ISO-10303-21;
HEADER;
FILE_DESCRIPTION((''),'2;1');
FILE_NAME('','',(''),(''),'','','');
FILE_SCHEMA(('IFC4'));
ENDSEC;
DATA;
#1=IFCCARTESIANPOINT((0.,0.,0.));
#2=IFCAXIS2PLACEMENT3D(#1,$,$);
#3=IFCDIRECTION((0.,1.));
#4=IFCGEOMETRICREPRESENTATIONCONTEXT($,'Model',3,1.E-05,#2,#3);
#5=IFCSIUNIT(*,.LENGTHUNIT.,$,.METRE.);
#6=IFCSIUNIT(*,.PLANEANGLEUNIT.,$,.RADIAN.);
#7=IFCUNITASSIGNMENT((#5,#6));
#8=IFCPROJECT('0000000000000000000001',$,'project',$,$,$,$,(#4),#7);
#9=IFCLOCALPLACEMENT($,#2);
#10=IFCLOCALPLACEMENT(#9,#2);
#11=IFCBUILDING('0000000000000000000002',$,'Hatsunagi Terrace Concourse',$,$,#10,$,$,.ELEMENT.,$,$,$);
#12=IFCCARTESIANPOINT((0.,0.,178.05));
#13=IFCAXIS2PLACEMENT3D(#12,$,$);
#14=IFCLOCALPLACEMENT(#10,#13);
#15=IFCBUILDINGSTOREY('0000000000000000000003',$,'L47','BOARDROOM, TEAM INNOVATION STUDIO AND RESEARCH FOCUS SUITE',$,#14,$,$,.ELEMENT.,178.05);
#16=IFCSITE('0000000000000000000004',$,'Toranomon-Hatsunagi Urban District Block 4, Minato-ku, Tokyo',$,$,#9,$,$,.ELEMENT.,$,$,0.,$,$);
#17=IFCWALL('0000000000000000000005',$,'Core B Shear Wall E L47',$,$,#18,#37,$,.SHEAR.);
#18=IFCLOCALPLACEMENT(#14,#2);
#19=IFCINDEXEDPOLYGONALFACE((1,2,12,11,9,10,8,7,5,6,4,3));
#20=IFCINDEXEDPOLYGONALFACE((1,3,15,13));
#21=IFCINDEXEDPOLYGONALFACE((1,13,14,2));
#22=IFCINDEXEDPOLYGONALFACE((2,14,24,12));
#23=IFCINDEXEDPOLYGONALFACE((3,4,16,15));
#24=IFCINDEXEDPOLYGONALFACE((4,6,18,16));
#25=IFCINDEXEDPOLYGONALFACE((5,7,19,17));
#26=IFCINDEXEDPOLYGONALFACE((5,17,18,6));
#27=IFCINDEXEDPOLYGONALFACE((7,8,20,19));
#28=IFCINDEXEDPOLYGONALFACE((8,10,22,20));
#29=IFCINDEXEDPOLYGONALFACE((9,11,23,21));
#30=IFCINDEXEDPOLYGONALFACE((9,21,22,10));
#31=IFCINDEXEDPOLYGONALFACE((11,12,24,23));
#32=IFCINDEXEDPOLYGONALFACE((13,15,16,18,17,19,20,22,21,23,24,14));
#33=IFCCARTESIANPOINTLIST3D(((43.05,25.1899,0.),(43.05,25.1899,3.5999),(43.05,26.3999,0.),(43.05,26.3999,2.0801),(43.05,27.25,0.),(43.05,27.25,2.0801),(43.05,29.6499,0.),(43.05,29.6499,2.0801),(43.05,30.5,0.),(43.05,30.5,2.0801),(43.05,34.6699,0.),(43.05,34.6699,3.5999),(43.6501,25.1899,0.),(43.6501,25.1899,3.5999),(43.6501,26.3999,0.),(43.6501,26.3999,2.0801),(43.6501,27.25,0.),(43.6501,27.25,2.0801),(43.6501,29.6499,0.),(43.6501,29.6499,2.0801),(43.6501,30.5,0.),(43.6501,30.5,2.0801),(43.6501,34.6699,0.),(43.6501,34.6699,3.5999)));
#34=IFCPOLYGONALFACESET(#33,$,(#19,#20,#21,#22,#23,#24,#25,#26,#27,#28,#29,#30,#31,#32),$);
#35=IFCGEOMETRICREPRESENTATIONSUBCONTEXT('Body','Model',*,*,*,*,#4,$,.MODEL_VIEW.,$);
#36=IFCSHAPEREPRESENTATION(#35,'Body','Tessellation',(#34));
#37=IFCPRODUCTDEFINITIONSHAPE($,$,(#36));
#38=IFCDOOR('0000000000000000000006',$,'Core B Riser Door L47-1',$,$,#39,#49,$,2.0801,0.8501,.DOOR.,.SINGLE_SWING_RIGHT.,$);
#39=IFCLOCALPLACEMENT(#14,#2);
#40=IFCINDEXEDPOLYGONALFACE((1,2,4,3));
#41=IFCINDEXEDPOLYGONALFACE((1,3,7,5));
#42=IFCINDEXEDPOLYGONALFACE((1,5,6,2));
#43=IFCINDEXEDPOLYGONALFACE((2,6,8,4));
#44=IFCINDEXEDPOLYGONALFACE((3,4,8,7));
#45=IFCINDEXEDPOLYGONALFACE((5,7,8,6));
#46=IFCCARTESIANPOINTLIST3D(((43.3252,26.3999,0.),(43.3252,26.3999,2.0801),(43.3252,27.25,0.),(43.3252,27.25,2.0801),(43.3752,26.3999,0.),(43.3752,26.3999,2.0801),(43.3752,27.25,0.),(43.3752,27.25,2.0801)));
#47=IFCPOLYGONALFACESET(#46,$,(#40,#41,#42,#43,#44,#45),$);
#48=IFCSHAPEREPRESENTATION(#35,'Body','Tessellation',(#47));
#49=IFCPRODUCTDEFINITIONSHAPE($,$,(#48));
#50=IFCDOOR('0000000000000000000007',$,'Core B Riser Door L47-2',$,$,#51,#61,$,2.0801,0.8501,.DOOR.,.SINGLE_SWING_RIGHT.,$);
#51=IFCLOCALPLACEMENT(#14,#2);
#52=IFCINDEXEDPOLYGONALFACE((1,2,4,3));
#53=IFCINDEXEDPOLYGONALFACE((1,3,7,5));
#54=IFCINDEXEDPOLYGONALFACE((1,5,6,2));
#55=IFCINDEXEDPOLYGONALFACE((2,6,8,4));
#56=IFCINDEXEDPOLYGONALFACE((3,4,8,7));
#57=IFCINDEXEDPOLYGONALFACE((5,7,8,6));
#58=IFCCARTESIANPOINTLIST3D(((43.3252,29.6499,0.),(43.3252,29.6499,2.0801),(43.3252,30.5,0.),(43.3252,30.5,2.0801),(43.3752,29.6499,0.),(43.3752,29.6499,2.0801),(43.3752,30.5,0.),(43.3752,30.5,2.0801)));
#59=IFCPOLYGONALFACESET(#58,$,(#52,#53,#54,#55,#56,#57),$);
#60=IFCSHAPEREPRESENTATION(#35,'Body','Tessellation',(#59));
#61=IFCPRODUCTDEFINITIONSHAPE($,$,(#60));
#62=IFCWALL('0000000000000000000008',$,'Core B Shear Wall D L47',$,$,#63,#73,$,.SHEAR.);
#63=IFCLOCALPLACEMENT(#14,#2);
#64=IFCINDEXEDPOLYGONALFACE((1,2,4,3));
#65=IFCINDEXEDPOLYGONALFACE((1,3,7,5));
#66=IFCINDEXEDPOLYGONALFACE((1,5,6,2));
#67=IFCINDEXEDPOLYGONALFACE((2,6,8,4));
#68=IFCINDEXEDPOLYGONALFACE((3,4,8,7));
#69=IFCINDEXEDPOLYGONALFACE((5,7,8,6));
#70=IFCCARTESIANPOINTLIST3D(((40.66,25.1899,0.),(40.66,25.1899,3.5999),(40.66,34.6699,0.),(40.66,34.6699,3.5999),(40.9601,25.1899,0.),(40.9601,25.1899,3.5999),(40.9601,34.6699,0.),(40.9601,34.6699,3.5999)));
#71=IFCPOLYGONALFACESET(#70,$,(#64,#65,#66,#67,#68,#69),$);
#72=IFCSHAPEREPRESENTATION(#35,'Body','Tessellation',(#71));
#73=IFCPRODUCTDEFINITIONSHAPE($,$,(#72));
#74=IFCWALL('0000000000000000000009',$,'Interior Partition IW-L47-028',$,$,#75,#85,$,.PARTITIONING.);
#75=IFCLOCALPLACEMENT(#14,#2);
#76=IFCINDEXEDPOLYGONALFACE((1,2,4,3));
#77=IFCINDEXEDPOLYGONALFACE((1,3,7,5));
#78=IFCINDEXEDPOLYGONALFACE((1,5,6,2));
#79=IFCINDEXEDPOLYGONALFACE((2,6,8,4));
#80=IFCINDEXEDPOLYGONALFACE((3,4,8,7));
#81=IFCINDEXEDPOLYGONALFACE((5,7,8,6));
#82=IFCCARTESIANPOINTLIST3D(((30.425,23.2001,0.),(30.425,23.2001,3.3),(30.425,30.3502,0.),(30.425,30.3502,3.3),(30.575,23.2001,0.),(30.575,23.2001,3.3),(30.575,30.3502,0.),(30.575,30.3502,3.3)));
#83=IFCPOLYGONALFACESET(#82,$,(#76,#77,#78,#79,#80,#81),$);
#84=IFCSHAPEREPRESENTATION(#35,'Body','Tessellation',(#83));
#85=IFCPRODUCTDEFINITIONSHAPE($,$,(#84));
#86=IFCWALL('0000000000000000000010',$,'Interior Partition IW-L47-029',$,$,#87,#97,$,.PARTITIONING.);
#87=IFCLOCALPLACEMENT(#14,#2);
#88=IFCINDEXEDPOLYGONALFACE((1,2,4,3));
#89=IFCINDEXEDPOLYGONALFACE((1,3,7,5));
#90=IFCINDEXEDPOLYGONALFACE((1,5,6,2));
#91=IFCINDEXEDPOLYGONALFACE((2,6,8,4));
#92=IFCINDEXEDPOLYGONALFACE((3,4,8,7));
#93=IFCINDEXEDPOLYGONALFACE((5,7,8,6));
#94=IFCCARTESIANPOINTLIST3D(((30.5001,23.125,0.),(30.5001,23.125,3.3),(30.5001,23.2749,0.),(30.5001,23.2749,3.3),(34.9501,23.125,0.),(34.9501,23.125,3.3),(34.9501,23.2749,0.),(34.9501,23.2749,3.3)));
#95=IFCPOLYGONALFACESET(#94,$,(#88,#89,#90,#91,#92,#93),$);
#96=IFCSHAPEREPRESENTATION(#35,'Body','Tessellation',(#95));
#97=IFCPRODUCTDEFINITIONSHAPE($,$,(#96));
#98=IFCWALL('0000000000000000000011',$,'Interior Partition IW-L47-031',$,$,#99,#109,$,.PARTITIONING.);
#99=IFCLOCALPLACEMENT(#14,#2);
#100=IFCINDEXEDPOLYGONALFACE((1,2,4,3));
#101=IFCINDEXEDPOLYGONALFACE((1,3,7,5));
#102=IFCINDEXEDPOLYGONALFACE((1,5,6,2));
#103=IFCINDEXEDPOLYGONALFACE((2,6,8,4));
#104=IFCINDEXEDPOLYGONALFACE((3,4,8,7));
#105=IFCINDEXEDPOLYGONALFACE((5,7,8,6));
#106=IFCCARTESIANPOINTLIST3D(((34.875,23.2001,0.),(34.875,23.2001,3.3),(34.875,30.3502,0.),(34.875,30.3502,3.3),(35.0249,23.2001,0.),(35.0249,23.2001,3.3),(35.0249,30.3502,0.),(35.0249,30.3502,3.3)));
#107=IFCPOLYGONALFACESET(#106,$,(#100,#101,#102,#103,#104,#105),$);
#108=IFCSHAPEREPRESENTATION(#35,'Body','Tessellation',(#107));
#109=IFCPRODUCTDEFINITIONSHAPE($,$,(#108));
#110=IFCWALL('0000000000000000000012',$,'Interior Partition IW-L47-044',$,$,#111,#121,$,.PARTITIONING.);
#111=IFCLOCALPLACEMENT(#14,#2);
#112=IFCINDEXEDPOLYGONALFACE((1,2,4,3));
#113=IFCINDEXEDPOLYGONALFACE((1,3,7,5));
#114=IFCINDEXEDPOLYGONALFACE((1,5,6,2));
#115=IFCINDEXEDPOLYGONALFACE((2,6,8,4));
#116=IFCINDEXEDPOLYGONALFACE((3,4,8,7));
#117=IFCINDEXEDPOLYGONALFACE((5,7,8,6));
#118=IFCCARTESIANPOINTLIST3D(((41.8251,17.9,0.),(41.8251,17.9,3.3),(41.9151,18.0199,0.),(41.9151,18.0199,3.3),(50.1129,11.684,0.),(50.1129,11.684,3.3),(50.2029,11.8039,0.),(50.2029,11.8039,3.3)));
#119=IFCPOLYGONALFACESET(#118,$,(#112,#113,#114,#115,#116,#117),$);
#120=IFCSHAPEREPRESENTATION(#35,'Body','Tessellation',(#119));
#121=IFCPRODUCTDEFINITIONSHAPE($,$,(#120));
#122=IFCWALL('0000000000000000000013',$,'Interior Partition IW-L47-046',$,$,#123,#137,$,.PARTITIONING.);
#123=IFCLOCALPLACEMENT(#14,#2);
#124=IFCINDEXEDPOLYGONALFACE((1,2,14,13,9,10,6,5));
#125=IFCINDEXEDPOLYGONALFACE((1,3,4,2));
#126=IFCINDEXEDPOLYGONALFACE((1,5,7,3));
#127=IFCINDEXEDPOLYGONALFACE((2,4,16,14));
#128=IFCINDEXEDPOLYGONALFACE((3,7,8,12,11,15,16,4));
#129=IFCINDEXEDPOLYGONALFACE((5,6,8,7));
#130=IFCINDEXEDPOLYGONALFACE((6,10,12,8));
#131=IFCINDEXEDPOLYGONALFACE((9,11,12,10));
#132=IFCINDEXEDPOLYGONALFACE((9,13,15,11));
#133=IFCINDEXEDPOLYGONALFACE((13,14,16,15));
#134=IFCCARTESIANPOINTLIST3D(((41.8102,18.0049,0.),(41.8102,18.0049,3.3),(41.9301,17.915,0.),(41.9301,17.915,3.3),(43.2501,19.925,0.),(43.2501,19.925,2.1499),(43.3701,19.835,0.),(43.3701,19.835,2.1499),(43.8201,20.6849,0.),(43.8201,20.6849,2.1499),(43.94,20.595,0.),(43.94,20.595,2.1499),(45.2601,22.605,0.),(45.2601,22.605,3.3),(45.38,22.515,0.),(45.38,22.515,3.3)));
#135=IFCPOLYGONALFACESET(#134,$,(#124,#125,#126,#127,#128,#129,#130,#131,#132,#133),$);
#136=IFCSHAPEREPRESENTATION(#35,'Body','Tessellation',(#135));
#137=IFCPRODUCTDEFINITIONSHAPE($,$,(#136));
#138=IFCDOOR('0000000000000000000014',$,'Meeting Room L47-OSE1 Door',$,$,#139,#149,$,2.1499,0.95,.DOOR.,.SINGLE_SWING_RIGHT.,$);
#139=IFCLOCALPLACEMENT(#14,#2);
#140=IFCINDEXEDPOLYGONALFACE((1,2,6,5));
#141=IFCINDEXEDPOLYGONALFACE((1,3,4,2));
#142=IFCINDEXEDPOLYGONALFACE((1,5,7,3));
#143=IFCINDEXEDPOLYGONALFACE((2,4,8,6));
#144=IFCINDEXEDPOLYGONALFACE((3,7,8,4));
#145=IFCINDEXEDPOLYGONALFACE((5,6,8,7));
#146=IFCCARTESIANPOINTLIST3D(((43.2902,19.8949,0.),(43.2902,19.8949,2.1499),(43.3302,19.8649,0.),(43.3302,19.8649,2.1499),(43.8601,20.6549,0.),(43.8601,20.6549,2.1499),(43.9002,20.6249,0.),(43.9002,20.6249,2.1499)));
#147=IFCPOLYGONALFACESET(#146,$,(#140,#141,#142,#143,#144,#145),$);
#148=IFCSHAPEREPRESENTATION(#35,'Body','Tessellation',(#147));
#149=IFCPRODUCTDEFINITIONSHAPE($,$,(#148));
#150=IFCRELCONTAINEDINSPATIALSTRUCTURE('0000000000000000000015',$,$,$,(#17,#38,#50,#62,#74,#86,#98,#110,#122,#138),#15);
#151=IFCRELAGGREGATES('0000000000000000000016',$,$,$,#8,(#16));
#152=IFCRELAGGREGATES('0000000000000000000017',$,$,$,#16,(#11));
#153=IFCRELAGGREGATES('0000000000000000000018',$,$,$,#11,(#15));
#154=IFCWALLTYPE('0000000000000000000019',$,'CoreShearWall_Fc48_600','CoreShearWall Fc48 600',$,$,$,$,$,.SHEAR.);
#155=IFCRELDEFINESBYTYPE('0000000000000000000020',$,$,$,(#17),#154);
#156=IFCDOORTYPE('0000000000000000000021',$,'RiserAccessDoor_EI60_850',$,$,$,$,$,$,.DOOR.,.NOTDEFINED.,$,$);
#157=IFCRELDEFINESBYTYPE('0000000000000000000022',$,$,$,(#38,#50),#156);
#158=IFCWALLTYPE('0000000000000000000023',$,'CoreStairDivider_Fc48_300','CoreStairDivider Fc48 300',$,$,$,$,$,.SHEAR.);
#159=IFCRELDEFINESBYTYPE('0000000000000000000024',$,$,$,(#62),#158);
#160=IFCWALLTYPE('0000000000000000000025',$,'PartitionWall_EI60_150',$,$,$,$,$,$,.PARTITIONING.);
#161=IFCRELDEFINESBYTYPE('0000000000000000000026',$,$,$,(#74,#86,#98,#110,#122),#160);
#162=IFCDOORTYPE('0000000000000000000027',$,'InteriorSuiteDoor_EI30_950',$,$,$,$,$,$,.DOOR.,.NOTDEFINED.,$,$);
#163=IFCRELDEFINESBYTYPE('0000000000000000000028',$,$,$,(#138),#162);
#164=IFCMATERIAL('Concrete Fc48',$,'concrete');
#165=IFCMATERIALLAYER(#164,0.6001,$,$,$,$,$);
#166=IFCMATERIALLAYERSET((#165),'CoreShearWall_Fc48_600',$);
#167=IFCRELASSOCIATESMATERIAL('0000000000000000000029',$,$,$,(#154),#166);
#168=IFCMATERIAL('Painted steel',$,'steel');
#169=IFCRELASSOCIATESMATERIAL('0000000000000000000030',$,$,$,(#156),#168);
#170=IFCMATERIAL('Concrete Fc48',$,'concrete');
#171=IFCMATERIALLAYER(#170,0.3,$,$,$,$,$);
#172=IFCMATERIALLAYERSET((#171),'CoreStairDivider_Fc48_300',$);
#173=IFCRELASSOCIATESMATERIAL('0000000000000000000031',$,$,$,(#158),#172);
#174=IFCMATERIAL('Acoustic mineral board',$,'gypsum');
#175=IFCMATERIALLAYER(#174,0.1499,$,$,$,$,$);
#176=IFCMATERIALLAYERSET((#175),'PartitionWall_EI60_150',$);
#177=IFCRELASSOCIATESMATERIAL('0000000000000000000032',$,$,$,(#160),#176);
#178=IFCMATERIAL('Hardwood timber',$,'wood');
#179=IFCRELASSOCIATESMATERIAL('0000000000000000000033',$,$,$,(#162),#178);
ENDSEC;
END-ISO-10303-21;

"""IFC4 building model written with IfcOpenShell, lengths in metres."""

from ifc_helpers import new_model, si_unit, direction, frame, frame_2d, origin, place, context, subcontext, project, spatial, rectangle, extrude, material, layer, layer_set, type_object, element, fill, save


model = new_model("IFC4")

# Units and contexts
model_context = context("Model", 3, precision=1e-05, world=origin(), true_north=direction((0.0, 1.0)))
body_context = subcontext(model_context, "Body", "Model", "MODEL_VIEW")
ifc_project = project(units=[si_unit("LENGTHUNIT", "METRE"), si_unit("PLANEANGLEUNIT", "RADIAN")], contexts=[model_context])

# Site, building, storey
site_placement = place(None, origin())
site = spatial("IfcSite", under=ifc_project, at=site_placement, Name="Toranomon-Hatsunagi Urban District Block 4, Minato-ku, Tokyo", CompositionType="ELEMENT", RefElevation=0.0)
building_placement = place(site_placement, origin())
building = spatial("IfcBuilding", under=site, at=building_placement, Name="Hatsunagi Terrace Concourse", CompositionType="ELEMENT")
storey_placement = place(building_placement, frame((0.0, 0.0, 178.05)))
storey = spatial("IfcBuildingStorey", under=building, at=storey_placement, Name="L47", Description="BOARDROOM, TEAM INNOVATION STUDIO AND RESEARCH FOCUS SUITE", CompositionType="ELEMENT", Elevation=178.05)

# Shared definitions
ifc_material_1 = material(Name="Concrete Fc48", Category="concrete")
ifc_layer_1 = layer(ifc_material_1, 0.6001)
ifc_layer_set_1 = layer_set([ifc_layer_1], Name="CoreShearWall_Fc48_600")
wall_type_1 = type_object("IfcWallType", Name="CoreShearWall_Fc48_600", Description="CoreShearWall Fc48 600", PredefinedType="SHEAR", material=ifc_layer_set_1)

# Wall, openings, doors
wall_1_placement = place(storey_placement, frame((43.3501, 25.1899, 0.0), z_axis=(0.0, 0.0, 1.0), x_axis=(0.0, 1.0, 0.0)))
wall_1 = element("IfcWall", 1, at=wall_1_placement, inside=storey, type_object=wall_type_1, Name="Core B Shear Wall E L47", PredefinedType="SHEAR", context=body_context, shape_type="SweptSolid", body=[
    extrude(rectangle(XDim=9.48, YDim=0.6001, at=frame_2d((4.74, 0.0))), origin(), (0.0, 0.0, 1.0), 3.5999),
])
opening_1_placement = place(wall_1_placement, frame((1.21, 0.0, 0.0)))
opening_1 = element("IfcOpeningElement", 2, at=opening_1_placement, cuts=wall_1, PredefinedType="OPENING", context=body_context, shape_type="SweptSolid", body=[
    extrude(rectangle(XDim=0.8501, YDim=2.0801, at=frame_2d((0.425, 1.04))), frame((0.0, 0.3101, 0.0), z_axis=(0.0, -1.0, 0.0), x_axis=(1.0, 0.0, 0.0)), (0.0, 0.0, 1.0), 0.6201),
])
opening_2_placement = place(wall_1_placement, frame((4.46, 0.0, 0.0)))
opening_2 = element("IfcOpeningElement", 3, at=opening_2_placement, cuts=wall_1, PredefinedType="OPENING", context=body_context, shape_type="SweptSolid", body=[
    extrude(rectangle(XDim=0.8501, YDim=2.0801, at=frame_2d((0.425, 1.04))), frame((0.0, 0.3101, 0.0), z_axis=(0.0, -1.0, 0.0), x_axis=(1.0, 0.0, 0.0)), (0.0, 0.0, 1.0), 0.6201),
])
ifc_material_2 = material(Name="Painted steel", Category="steel")
door_type_1 = type_object("IfcDoorType", Name="RiserAccessDoor_EI60_850", OperationType="NOTDEFINED", PredefinedType="DOOR", material=ifc_material_2)
door_1_placement = place(opening_1_placement, origin())
door_1 = element("IfcDoor", 4, at=door_1_placement, inside=storey, type_object=door_type_1, Name="Core B Riser Door L47-1", OperationType="SINGLE_SWING_RIGHT", OverallHeight=2.0801, OverallWidth=0.8501, PredefinedType="DOOR", context=body_context, shape_type="SweptSolid", body=[
    extrude(rectangle(XDim=0.8501, YDim=2.0801, at=frame_2d((0.425, 1.04))), frame((0.0, 0.0249, 0.0), z_axis=(0.0, -1.0, 0.0), x_axis=(1.0, 0.0, 0.0)), (0.0, 0.0, 1.0), 0.05),
])
fill(opening_1, door_1)
door_2_placement = place(opening_2_placement, origin())
door_2 = element("IfcDoor", 5, at=door_2_placement, inside=storey, type_object=door_type_1, Name="Core B Riser Door L47-2", OperationType="SINGLE_SWING_RIGHT", OverallHeight=2.0801, OverallWidth=0.8501, PredefinedType="DOOR", context=body_context, shape_type="SweptSolid", body=[
    extrude(rectangle(XDim=0.8501, YDim=2.0801, at=frame_2d((0.425, 1.04))), frame((0.0, 0.0249, 0.0), z_axis=(0.0, -1.0, 0.0), x_axis=(1.0, 0.0, 0.0)), (0.0, 0.0, 1.0), 0.05),
])
fill(opening_2, door_2)

# Walls
ifc_material_3 = material(Name="Concrete Fc48", Category="concrete")
ifc_layer_2 = layer(ifc_material_3, 0.3)
ifc_layer_set_2 = layer_set([ifc_layer_2], Name="CoreStairDivider_Fc48_300")
wall_type_2 = type_object("IfcWallType", Name="CoreStairDivider_Fc48_300", Description="CoreStairDivider Fc48 300", PredefinedType="SHEAR", material=ifc_layer_set_2)
wall_2_placement = place(storey_placement, frame((40.8101, 25.1899, 0.0), z_axis=(0.0, 0.0, 1.0), x_axis=(0.0, 1.0, 0.0)))
element("IfcWall", 6, at=wall_2_placement, inside=storey, type_object=wall_type_2, Name="Core B Shear Wall D L47", PredefinedType="SHEAR", context=body_context, shape_type="SweptSolid", body=[
    extrude(rectangle(XDim=9.48, YDim=0.3, at=frame_2d((4.74, 0.0))), origin(), (0.0, 0.0, 1.0), 3.5999),
])
ifc_material_4 = material(Name="Acoustic mineral board", Category="gypsum")
ifc_layer_3 = layer(ifc_material_4, 0.1499)
ifc_layer_set_3 = layer_set([ifc_layer_3], Name="PartitionWall_EI60_150")
wall_type_3 = type_object("IfcWallType", Name="PartitionWall_EI60_150", PredefinedType="PARTITIONING", material=ifc_layer_set_3)
wall_3_placement = place(storey_placement, frame((30.5, 23.2, 0.0), z_axis=(0.0, 0.0, 1.0), x_axis=(0.0, 1.0, 0.0)))
element("IfcWall", 7, at=wall_3_placement, inside=storey, type_object=wall_type_3, Name="Interior Partition IW-L47-028", PredefinedType="PARTITIONING", context=body_context, shape_type="SweptSolid", body=[
    extrude(rectangle(XDim=7.1501, YDim=0.1499, at=frame_2d((3.5752, 0.0))), origin(), (0.0, 0.0, 1.0), 3.3),
])
wall_4_placement = place(storey_placement, frame((30.5, 23.2, 0.0), z_axis=(0.0, 0.0, 1.0), x_axis=(1.0, 0.0, 0.0)))
element("IfcWall", 8, at=wall_4_placement, inside=storey, type_object=wall_type_3, Name="Interior Partition IW-L47-029", PredefinedType="PARTITIONING", context=body_context, shape_type="SweptSolid", body=[
    extrude(rectangle(XDim=4.45, YDim=0.1499, at=frame_2d((2.2251, 0.0))), origin(), (0.0, 0.0, 1.0), 3.3),
])
wall_5_placement = place(storey_placement, frame((34.95, 23.2, 0.0), z_axis=(0.0, 0.0, 1.0), x_axis=(0.0, 1.0, 0.0)))
element("IfcWall", 9, at=wall_5_placement, inside=storey, type_object=wall_type_3, Name="Interior Partition IW-L47-031", PredefinedType="PARTITIONING", context=body_context, shape_type="SweptSolid", body=[
    extrude(rectangle(XDim=7.1501, YDim=0.1499, at=frame_2d((3.5752, 0.0))), origin(), (0.0, 0.0, 1.0), 3.3),
])
wall_6_placement = place(storey_placement, frame((41.8701, 17.96, 0.0), z_axis=(0.0, 0.0, 1.0), x_axis=(0.799992, -0.600011, 0.0)))
element("IfcWall", 10, at=wall_6_placement, inside=storey, type_object=wall_type_3, Name="Interior Partition IW-L47-044", PredefinedType="PARTITIONING", context=body_context, shape_type="SweptSolid", body=[
    extrude(rectangle(XDim=10.3599, YDim=0.1499, at=frame_2d((5.1799, 0.0))), origin(), (0.0, 0.0, 1.0), 3.3),
])

# Wall, opening, door
wall_7_placement = place(storey_placement, frame((41.8701, 17.96, 0.0), z_axis=(0.0, 0.0, 1.0), x_axis=(0.599986, 0.80001, 0.0)))
wall_7 = element("IfcWall", 11, at=wall_7_placement, inside=storey, type_object=wall_type_3, Name="Interior Partition IW-L47-046", PredefinedType="PARTITIONING", context=body_context, shape_type="SweptSolid", body=[
    extrude(rectangle(XDim=5.75, YDim=0.1499, at=frame_2d((2.875, 0.0))), origin(), (0.0, 0.0, 1.0), 3.3),
])
opening_3_placement = place(wall_7_placement, frame((2.3999, 0.0, 0.0)))
opening_3 = element("IfcOpeningElement", 12, at=opening_3_placement, cuts=wall_7, PredefinedType="OPENING", context=body_context, shape_type="SweptSolid", body=[
    extrude(rectangle(XDim=0.95, YDim=2.1499, at=frame_2d((0.4751, 1.075))), frame((0.0, 0.085, 0.0), z_axis=(0.0, -1.0, 0.0), x_axis=(1.0, 0.0, 0.0)), (0.0, 0.0, 1.0), 0.1699),
])
ifc_material_5 = material(Name="Hardwood timber", Category="wood")
door_type_2 = type_object("IfcDoorType", Name="InteriorSuiteDoor_EI30_950", OperationType="NOTDEFINED", PredefinedType="DOOR", material=ifc_material_5)
door_3_placement = place(opening_3_placement, origin())
door_3 = element("IfcDoor", 13, at=door_3_placement, inside=storey, type_object=door_type_2, Name="Meeting Room L47-OSE1 Door", OperationType="SINGLE_SWING_RIGHT", OverallHeight=2.1499, OverallWidth=0.95, PredefinedType="DOOR", context=body_context, shape_type="SweptSolid", body=[
    extrude(rectangle(XDim=0.95, YDim=2.1499, at=frame_2d((0.4751, 1.075))), frame((0.0, 0.0249, 0.0), z_axis=(0.0, -1.0, 0.0), x_axis=(1.0, 0.0, 0.0)), (0.0, 0.0, 1.0), 0.05),
])
fill(opening_3, door_3)

save(model, "model.ifc")
